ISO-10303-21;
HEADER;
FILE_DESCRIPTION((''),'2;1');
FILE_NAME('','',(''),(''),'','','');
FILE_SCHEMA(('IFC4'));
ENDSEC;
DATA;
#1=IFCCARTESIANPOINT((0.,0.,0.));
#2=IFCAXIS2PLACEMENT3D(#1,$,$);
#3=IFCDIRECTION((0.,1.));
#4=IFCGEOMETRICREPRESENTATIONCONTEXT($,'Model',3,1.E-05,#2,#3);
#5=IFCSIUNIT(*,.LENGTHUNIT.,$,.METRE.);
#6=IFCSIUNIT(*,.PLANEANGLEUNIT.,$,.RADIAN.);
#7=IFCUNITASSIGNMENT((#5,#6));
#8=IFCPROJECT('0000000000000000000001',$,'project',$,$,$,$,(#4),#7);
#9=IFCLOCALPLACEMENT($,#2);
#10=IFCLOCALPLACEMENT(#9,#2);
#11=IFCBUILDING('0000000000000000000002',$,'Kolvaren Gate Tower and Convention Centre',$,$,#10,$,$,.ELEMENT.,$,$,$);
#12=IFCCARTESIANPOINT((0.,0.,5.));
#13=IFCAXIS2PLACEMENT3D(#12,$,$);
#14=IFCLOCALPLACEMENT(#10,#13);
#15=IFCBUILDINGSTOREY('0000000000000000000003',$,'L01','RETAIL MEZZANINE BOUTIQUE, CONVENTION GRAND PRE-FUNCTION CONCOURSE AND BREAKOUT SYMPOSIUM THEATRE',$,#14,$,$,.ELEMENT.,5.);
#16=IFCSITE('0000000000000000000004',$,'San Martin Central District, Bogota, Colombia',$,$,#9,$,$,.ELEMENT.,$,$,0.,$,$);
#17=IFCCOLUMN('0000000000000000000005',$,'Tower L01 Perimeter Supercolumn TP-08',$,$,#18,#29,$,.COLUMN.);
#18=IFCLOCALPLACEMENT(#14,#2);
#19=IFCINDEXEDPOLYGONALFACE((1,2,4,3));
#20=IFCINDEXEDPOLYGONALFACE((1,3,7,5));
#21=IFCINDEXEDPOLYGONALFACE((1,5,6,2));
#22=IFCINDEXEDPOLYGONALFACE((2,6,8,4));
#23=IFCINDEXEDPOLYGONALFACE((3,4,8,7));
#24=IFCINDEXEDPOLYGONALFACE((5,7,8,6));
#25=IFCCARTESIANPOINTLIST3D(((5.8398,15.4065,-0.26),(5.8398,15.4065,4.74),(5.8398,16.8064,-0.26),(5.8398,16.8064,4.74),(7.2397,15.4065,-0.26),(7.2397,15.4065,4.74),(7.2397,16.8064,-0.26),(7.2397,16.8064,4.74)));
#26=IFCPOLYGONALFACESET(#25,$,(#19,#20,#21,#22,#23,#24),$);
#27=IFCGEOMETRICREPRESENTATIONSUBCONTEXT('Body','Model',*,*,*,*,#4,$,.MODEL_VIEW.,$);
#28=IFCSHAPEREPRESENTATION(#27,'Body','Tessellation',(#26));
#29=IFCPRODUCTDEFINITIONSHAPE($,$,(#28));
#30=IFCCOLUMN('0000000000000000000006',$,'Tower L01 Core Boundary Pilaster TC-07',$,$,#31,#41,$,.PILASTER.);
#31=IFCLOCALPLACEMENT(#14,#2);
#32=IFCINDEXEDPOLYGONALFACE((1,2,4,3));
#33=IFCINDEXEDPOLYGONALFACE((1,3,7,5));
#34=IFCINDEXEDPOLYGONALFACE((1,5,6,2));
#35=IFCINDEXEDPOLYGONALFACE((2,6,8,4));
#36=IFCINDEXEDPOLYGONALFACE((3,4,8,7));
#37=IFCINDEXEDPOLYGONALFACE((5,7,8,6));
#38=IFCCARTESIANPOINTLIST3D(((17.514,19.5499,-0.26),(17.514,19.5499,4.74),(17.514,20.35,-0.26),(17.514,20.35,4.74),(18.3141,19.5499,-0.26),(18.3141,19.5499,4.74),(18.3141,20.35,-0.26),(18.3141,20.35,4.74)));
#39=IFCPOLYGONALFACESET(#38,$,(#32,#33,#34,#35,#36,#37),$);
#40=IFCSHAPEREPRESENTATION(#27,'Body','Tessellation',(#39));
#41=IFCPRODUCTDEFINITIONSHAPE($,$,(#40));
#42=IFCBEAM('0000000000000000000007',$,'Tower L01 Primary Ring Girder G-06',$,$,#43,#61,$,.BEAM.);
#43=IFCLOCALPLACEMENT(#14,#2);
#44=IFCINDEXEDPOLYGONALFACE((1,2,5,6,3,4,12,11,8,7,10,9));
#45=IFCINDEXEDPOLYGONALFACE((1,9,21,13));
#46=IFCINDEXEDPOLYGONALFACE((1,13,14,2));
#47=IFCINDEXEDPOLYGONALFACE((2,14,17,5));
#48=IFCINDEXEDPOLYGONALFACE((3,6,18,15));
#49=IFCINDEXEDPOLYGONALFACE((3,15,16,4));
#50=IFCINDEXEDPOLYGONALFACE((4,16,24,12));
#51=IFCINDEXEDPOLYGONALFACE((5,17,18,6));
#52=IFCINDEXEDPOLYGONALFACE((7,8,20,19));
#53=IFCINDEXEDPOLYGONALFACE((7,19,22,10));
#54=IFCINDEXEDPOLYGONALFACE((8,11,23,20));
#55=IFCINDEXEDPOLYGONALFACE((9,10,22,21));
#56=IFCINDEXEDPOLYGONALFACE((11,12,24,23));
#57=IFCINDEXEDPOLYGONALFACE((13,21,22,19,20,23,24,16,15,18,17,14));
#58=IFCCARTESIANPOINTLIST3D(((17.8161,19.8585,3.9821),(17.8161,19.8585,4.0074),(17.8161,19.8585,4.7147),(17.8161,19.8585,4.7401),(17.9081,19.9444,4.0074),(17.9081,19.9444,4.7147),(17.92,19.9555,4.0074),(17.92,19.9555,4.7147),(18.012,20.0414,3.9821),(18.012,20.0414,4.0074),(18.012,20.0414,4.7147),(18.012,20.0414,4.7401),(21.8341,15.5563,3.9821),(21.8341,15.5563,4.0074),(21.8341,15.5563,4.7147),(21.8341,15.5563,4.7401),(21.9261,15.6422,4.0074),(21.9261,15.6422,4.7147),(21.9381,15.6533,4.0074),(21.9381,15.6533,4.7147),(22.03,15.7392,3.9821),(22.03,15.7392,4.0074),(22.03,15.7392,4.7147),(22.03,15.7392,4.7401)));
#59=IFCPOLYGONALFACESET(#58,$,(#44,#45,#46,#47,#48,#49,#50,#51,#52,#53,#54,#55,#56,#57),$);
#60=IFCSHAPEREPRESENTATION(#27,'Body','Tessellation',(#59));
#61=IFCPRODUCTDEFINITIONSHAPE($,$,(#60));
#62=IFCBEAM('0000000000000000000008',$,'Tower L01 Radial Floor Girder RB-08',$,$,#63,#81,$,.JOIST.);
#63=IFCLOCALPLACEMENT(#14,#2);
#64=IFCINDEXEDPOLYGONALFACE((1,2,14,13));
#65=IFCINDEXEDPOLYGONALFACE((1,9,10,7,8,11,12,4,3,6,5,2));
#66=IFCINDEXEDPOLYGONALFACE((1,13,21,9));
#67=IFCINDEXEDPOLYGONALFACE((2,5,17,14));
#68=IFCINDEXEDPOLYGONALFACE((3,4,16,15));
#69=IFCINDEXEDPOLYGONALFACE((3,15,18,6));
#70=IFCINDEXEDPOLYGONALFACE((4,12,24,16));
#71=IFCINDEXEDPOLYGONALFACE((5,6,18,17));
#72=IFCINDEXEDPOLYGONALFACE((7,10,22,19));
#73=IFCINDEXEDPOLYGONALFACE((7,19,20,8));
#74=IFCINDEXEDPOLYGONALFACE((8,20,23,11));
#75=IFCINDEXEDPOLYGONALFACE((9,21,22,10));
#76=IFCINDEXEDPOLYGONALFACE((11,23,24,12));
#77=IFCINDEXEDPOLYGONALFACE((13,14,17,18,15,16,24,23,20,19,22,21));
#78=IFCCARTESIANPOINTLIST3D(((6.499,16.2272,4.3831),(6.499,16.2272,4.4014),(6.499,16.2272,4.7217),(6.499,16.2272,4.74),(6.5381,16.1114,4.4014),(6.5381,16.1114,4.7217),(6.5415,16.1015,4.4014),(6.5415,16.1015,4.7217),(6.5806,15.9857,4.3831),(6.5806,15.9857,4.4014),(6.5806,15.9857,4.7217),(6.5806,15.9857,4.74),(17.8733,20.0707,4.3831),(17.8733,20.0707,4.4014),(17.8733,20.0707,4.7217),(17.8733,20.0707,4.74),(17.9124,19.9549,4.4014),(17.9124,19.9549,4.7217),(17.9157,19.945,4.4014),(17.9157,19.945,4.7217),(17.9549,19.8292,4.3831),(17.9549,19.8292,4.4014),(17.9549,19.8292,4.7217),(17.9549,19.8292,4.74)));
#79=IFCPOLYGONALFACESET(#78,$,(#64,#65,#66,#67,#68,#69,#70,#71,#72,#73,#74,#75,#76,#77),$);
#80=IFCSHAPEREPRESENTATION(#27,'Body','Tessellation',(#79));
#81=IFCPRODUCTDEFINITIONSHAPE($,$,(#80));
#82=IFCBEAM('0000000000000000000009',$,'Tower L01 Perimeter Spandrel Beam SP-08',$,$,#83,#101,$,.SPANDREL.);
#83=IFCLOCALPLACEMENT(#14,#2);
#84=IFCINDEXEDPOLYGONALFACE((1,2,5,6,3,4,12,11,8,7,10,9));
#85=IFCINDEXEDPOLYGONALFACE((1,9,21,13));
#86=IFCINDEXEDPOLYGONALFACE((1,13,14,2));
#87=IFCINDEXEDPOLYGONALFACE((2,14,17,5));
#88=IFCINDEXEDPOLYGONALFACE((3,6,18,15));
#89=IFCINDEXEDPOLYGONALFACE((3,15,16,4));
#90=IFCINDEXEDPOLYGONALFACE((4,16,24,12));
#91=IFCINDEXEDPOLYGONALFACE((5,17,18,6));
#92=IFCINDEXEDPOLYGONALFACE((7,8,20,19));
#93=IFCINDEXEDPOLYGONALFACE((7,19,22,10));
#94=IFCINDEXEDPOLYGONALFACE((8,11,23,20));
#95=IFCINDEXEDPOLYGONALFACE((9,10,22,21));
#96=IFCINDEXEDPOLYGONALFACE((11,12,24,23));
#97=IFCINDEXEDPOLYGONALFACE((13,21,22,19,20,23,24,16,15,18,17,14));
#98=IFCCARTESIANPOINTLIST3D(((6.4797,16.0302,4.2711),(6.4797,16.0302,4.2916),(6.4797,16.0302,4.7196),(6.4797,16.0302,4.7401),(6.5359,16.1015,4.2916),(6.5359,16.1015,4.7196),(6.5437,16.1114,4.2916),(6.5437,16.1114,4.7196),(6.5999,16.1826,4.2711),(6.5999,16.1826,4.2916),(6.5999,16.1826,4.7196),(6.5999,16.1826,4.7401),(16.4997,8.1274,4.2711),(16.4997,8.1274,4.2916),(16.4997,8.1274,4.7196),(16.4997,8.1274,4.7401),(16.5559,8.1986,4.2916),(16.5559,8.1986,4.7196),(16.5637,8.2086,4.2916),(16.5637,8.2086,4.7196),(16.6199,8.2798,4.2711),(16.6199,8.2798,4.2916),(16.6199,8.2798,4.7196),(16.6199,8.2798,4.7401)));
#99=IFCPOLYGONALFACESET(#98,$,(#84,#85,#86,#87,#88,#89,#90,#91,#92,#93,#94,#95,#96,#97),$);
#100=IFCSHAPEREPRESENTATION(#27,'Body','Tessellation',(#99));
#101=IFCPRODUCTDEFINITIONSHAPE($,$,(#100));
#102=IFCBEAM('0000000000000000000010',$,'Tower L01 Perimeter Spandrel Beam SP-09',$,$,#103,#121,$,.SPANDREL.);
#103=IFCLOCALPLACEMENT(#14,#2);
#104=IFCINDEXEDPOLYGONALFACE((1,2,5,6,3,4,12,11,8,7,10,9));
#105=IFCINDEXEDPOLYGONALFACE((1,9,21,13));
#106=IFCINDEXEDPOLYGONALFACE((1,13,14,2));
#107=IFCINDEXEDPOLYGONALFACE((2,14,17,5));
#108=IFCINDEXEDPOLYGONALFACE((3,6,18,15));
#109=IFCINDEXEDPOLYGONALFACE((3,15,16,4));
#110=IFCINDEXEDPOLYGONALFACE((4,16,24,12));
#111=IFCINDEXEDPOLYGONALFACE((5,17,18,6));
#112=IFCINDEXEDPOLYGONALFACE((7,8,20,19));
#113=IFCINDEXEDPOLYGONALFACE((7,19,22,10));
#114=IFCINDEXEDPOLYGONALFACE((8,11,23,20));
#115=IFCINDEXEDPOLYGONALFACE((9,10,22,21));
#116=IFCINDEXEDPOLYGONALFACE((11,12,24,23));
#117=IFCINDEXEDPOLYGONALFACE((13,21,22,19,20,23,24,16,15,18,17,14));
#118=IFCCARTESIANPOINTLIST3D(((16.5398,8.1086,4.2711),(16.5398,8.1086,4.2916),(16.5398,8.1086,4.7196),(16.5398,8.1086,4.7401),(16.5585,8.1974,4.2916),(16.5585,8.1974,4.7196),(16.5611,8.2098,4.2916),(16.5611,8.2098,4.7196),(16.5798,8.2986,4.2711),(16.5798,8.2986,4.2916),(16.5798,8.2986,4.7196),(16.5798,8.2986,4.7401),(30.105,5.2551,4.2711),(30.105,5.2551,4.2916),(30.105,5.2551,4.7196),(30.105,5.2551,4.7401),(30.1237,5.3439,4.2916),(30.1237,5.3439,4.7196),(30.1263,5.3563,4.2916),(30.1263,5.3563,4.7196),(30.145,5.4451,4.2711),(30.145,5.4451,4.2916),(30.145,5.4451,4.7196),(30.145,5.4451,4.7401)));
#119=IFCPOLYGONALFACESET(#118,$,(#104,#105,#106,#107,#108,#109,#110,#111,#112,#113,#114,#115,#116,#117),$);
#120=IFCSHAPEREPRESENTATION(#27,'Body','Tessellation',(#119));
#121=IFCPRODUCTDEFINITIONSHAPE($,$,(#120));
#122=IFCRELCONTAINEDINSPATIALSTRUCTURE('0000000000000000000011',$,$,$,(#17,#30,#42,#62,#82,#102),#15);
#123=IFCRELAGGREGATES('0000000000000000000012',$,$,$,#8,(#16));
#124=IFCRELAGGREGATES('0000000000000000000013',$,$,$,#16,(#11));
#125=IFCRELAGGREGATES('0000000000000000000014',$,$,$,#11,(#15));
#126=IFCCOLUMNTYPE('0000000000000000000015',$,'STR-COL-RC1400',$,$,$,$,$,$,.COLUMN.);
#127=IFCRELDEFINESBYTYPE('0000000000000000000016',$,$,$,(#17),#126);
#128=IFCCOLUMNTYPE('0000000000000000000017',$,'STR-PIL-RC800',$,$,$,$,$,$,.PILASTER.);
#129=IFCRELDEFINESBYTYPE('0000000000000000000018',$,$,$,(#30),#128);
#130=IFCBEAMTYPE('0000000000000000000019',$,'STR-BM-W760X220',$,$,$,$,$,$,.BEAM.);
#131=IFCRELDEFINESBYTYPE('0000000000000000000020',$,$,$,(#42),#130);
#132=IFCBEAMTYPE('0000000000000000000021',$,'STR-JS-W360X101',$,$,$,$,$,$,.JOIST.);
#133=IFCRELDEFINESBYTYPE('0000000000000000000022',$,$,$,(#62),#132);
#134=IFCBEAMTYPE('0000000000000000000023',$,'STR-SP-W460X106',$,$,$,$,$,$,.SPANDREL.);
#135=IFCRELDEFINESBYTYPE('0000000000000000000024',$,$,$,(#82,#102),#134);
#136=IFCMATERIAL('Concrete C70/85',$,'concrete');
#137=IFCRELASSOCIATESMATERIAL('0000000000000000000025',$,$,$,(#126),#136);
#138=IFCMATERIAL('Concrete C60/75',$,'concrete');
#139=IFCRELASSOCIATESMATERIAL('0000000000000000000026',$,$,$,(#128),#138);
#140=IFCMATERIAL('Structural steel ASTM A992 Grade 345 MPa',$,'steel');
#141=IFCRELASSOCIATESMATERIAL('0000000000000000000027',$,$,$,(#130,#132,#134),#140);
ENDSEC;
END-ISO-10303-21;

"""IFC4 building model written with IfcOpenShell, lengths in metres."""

from ifc_helpers import new_model, si_unit, direction, frame, origin, origin_2d, place, context, subcontext, project, spatial, rectangle, i_section, extrude, material, material_profile, profile_set, type_object, element, save


model = new_model("IFC4")

# Units and contexts
model_context = context("Model", 3, precision=1e-05, world=origin(), true_north=direction((0.0, 1.0)))
body_context = subcontext(model_context, "Body", "Model", "MODEL_VIEW")
ifc_project = project(units=[si_unit("LENGTHUNIT", "METRE"), si_unit("PLANEANGLEUNIT", "RADIAN")], contexts=[model_context])

# Site, building, storey
site_placement = place(None, origin())
site = spatial("IfcSite", under=ifc_project, at=site_placement, Name="San Martin Central District, Bogota, Colombia", CompositionType="ELEMENT", RefElevation=0.0)
building_placement = place(site_placement, origin())
building = spatial("IfcBuilding", under=site, at=building_placement, Name="Kolvaren Gate Tower and Convention Centre", CompositionType="ELEMENT")
storey_placement = place(building_placement, frame((0.0, 0.0, 5.0)))
storey = spatial("IfcBuildingStorey", under=building, at=storey_placement, Name="L01", Description="RETAIL MEZZANINE BOUTIQUE, CONVENTION GRAND PRE-FUNCTION CONCOURSE AND BREAKOUT SYMPOSIUM THEATRE", CompositionType="ELEMENT", Elevation=5.0)

# Columns
ifc_material_1 = material(Name="Concrete C70/85", Category="concrete")
ifc_material_profile_1 = material_profile(ifc_material_1, rectangle(XDim=1.3999, YDim=1.3999, at=origin_2d()), Name="RC-COL-1400X1400")
ifc_profile_set_1 = profile_set([ifc_material_profile_1], Name="Concrete C70/85")
column_type_1 = type_object("IfcColumnType", Name="STR-COL-RC1400", PredefinedType="COLUMN", material=ifc_profile_set_1)
column_1_placement = place(storey_placement, frame((6.5398, 16.1064, -0.26), z_axis=(0.0, 0.0, 1.0), x_axis=(1.0, 0.0, 0.0)))
element("IfcColumn", 1, at=column_1_placement, inside=storey, type_object=column_type_1, Name="Tower L01 Perimeter Supercolumn TP-08", PredefinedType="COLUMN", context=body_context, shape_type="SweptSolid", body=[
    extrude(rectangle(XDim=1.3999, YDim=1.3999, at=origin_2d()), origin(), (0.0, 0.0, 1.0), 5.0),
])
ifc_material_2 = material(Name="Concrete C60/75", Category="concrete")
ifc_material_profile_2 = material_profile(ifc_material_2, rectangle(XDim=0.8, YDim=0.8, at=origin_2d()), Name="RC-COL-800X800")
ifc_profile_set_2 = profile_set([ifc_material_profile_2], Name="Concrete C60/75")
column_type_2 = type_object("IfcColumnType", Name="STR-PIL-RC800", PredefinedType="PILASTER", material=ifc_profile_set_2)
column_2_placement = place(storey_placement, frame((17.9141, 19.95, -0.26), z_axis=(0.0, 0.0, 1.0), x_axis=(1.0, 0.0, 0.0)))
element("IfcColumn", 2, at=column_2_placement, inside=storey, type_object=column_type_2, Name="Tower L01 Core Boundary Pilaster TC-07", PredefinedType="PILASTER", context=body_context, shape_type="SweptSolid", body=[
    extrude(rectangle(XDim=0.8, YDim=0.8, at=origin_2d()), origin(), (0.0, 0.0, 1.0), 5.0),
])

# Beams
ifc_material_3 = material(Name="Structural steel ASTM A992 Grade 345 MPa", Category="steel")
ifc_material_profile_3 = material_profile(ifc_material_3, i_section(OverallWidth=0.2681, OverallDepth=0.7581, WebThickness=0.0164, FlangeThickness=0.0254, at=origin_2d()), Name="W760X220")
ifc_profile_set_3 = profile_set([ifc_material_profile_3], Name="Structural steel ASTM A992 Grade 345 MPa")
beam_type_1 = type_object("IfcBeamType", Name="STR-BM-W760X220", PredefinedType="BEAM", material=ifc_profile_set_3)
beam_1_placement = place(storey_placement, frame((17.9141, 19.95, 4.3611), z_axis=(0.682558, -0.730832, 0.0), x_axis=(0.730832, 0.682558, 0.0)))
element("IfcBeam", 3, at=beam_1_placement, inside=storey, type_object=beam_type_1, Name="Tower L01 Primary Ring Girder G-06", PredefinedType="BEAM", context=body_context, shape_type="SweptSolid", body=[
    extrude(i_section(OverallWidth=0.2681, OverallDepth=0.7581, WebThickness=0.0164, FlangeThickness=0.0254, at=origin_2d()), origin(), (0.0, 0.0, 1.0), 5.8867),
])
ifc_material_profile_4 = material_profile(ifc_material_3, i_section(OverallWidth=0.2549, OverallDepth=0.3569, WebThickness=0.0105, FlangeThickness=0.0183, at=origin_2d()), Name="W360X101")
ifc_profile_set_4 = profile_set([ifc_material_profile_4], Name="Structural steel ASTM A992 Grade 345 MPa")
beam_type_2 = type_object("IfcBeamType", Name="STR-JS-W360X101", PredefinedType="JOIST", material=ifc_profile_set_4)
beam_2_placement = place(storey_placement, frame((17.9141, 19.95, 4.5615), z_axis=(-0.947374, -0.320129, 0.0), x_axis=(0.320129, -0.947374, 0.0)))
element("IfcBeam", 4, at=beam_2_placement, inside=storey, type_object=beam_type_2, Name="Tower L01 Radial Floor Girder RB-08", PredefinedType="JOIST", context=body_context, shape_type="SweptSolid", body=[
    extrude(i_section(OverallWidth=0.2549, OverallDepth=0.3569, WebThickness=0.0105, FlangeThickness=0.0183, at=origin_2d()), origin(), (0.0, 0.0, 1.0), 12.0061),
])
ifc_material_profile_5 = material_profile(ifc_material_3, i_section(OverallWidth=0.1941, OverallDepth=0.469, WebThickness=0.0127, FlangeThickness=0.0205, at=origin_2d()), Name="W460X106")
ifc_profile_set_5 = profile_set([ifc_material_profile_5], Name="Structural steel ASTM A992 Grade 345 MPa")
beam_type_3 = type_object("IfcBeamType", Name="STR-SP-W460X106", PredefinedType="SPANDREL", material=ifc_profile_set_5)
beam_3_placement = place(storey_placement, frame((6.5398, 16.1064, 4.5056), z_axis=(0.785176, -0.619272, 0.0), x_axis=(0.619272, 0.785176, 0.0)))
element("IfcBeam", 5, at=beam_3_placement, inside=storey, type_object=beam_type_3, Name="Tower L01 Perimeter Spandrel Beam SP-08", PredefinedType="SPANDREL", context=body_context, shape_type="SweptSolid", body=[
    extrude(i_section(OverallWidth=0.1941, OverallDepth=0.469, WebThickness=0.0127, FlangeThickness=0.0205, at=origin_2d()), origin(), (0.0, 0.0, 1.0), 12.7615),
])
beam_4_placement = place(storey_placement, frame((16.5598, 8.2036, 4.5056), z_axis=(0.978583, -0.205851, 0.0), x_axis=(0.205851, 0.978583, 0.0)))
element("IfcBeam", 6, at=beam_4_placement, inside=storey, type_object=beam_type_3, Name="Tower L01 Perimeter Spandrel Beam SP-09", PredefinedType="SPANDREL", context=body_context, shape_type="SweptSolid", body=[
    extrude(i_section(OverallWidth=0.1941, OverallDepth=0.469, WebThickness=0.0127, FlangeThickness=0.0205, at=origin_2d()), origin(), (0.0, 0.0, 1.0), 13.8621),
])

save(model, "model.ifc")
